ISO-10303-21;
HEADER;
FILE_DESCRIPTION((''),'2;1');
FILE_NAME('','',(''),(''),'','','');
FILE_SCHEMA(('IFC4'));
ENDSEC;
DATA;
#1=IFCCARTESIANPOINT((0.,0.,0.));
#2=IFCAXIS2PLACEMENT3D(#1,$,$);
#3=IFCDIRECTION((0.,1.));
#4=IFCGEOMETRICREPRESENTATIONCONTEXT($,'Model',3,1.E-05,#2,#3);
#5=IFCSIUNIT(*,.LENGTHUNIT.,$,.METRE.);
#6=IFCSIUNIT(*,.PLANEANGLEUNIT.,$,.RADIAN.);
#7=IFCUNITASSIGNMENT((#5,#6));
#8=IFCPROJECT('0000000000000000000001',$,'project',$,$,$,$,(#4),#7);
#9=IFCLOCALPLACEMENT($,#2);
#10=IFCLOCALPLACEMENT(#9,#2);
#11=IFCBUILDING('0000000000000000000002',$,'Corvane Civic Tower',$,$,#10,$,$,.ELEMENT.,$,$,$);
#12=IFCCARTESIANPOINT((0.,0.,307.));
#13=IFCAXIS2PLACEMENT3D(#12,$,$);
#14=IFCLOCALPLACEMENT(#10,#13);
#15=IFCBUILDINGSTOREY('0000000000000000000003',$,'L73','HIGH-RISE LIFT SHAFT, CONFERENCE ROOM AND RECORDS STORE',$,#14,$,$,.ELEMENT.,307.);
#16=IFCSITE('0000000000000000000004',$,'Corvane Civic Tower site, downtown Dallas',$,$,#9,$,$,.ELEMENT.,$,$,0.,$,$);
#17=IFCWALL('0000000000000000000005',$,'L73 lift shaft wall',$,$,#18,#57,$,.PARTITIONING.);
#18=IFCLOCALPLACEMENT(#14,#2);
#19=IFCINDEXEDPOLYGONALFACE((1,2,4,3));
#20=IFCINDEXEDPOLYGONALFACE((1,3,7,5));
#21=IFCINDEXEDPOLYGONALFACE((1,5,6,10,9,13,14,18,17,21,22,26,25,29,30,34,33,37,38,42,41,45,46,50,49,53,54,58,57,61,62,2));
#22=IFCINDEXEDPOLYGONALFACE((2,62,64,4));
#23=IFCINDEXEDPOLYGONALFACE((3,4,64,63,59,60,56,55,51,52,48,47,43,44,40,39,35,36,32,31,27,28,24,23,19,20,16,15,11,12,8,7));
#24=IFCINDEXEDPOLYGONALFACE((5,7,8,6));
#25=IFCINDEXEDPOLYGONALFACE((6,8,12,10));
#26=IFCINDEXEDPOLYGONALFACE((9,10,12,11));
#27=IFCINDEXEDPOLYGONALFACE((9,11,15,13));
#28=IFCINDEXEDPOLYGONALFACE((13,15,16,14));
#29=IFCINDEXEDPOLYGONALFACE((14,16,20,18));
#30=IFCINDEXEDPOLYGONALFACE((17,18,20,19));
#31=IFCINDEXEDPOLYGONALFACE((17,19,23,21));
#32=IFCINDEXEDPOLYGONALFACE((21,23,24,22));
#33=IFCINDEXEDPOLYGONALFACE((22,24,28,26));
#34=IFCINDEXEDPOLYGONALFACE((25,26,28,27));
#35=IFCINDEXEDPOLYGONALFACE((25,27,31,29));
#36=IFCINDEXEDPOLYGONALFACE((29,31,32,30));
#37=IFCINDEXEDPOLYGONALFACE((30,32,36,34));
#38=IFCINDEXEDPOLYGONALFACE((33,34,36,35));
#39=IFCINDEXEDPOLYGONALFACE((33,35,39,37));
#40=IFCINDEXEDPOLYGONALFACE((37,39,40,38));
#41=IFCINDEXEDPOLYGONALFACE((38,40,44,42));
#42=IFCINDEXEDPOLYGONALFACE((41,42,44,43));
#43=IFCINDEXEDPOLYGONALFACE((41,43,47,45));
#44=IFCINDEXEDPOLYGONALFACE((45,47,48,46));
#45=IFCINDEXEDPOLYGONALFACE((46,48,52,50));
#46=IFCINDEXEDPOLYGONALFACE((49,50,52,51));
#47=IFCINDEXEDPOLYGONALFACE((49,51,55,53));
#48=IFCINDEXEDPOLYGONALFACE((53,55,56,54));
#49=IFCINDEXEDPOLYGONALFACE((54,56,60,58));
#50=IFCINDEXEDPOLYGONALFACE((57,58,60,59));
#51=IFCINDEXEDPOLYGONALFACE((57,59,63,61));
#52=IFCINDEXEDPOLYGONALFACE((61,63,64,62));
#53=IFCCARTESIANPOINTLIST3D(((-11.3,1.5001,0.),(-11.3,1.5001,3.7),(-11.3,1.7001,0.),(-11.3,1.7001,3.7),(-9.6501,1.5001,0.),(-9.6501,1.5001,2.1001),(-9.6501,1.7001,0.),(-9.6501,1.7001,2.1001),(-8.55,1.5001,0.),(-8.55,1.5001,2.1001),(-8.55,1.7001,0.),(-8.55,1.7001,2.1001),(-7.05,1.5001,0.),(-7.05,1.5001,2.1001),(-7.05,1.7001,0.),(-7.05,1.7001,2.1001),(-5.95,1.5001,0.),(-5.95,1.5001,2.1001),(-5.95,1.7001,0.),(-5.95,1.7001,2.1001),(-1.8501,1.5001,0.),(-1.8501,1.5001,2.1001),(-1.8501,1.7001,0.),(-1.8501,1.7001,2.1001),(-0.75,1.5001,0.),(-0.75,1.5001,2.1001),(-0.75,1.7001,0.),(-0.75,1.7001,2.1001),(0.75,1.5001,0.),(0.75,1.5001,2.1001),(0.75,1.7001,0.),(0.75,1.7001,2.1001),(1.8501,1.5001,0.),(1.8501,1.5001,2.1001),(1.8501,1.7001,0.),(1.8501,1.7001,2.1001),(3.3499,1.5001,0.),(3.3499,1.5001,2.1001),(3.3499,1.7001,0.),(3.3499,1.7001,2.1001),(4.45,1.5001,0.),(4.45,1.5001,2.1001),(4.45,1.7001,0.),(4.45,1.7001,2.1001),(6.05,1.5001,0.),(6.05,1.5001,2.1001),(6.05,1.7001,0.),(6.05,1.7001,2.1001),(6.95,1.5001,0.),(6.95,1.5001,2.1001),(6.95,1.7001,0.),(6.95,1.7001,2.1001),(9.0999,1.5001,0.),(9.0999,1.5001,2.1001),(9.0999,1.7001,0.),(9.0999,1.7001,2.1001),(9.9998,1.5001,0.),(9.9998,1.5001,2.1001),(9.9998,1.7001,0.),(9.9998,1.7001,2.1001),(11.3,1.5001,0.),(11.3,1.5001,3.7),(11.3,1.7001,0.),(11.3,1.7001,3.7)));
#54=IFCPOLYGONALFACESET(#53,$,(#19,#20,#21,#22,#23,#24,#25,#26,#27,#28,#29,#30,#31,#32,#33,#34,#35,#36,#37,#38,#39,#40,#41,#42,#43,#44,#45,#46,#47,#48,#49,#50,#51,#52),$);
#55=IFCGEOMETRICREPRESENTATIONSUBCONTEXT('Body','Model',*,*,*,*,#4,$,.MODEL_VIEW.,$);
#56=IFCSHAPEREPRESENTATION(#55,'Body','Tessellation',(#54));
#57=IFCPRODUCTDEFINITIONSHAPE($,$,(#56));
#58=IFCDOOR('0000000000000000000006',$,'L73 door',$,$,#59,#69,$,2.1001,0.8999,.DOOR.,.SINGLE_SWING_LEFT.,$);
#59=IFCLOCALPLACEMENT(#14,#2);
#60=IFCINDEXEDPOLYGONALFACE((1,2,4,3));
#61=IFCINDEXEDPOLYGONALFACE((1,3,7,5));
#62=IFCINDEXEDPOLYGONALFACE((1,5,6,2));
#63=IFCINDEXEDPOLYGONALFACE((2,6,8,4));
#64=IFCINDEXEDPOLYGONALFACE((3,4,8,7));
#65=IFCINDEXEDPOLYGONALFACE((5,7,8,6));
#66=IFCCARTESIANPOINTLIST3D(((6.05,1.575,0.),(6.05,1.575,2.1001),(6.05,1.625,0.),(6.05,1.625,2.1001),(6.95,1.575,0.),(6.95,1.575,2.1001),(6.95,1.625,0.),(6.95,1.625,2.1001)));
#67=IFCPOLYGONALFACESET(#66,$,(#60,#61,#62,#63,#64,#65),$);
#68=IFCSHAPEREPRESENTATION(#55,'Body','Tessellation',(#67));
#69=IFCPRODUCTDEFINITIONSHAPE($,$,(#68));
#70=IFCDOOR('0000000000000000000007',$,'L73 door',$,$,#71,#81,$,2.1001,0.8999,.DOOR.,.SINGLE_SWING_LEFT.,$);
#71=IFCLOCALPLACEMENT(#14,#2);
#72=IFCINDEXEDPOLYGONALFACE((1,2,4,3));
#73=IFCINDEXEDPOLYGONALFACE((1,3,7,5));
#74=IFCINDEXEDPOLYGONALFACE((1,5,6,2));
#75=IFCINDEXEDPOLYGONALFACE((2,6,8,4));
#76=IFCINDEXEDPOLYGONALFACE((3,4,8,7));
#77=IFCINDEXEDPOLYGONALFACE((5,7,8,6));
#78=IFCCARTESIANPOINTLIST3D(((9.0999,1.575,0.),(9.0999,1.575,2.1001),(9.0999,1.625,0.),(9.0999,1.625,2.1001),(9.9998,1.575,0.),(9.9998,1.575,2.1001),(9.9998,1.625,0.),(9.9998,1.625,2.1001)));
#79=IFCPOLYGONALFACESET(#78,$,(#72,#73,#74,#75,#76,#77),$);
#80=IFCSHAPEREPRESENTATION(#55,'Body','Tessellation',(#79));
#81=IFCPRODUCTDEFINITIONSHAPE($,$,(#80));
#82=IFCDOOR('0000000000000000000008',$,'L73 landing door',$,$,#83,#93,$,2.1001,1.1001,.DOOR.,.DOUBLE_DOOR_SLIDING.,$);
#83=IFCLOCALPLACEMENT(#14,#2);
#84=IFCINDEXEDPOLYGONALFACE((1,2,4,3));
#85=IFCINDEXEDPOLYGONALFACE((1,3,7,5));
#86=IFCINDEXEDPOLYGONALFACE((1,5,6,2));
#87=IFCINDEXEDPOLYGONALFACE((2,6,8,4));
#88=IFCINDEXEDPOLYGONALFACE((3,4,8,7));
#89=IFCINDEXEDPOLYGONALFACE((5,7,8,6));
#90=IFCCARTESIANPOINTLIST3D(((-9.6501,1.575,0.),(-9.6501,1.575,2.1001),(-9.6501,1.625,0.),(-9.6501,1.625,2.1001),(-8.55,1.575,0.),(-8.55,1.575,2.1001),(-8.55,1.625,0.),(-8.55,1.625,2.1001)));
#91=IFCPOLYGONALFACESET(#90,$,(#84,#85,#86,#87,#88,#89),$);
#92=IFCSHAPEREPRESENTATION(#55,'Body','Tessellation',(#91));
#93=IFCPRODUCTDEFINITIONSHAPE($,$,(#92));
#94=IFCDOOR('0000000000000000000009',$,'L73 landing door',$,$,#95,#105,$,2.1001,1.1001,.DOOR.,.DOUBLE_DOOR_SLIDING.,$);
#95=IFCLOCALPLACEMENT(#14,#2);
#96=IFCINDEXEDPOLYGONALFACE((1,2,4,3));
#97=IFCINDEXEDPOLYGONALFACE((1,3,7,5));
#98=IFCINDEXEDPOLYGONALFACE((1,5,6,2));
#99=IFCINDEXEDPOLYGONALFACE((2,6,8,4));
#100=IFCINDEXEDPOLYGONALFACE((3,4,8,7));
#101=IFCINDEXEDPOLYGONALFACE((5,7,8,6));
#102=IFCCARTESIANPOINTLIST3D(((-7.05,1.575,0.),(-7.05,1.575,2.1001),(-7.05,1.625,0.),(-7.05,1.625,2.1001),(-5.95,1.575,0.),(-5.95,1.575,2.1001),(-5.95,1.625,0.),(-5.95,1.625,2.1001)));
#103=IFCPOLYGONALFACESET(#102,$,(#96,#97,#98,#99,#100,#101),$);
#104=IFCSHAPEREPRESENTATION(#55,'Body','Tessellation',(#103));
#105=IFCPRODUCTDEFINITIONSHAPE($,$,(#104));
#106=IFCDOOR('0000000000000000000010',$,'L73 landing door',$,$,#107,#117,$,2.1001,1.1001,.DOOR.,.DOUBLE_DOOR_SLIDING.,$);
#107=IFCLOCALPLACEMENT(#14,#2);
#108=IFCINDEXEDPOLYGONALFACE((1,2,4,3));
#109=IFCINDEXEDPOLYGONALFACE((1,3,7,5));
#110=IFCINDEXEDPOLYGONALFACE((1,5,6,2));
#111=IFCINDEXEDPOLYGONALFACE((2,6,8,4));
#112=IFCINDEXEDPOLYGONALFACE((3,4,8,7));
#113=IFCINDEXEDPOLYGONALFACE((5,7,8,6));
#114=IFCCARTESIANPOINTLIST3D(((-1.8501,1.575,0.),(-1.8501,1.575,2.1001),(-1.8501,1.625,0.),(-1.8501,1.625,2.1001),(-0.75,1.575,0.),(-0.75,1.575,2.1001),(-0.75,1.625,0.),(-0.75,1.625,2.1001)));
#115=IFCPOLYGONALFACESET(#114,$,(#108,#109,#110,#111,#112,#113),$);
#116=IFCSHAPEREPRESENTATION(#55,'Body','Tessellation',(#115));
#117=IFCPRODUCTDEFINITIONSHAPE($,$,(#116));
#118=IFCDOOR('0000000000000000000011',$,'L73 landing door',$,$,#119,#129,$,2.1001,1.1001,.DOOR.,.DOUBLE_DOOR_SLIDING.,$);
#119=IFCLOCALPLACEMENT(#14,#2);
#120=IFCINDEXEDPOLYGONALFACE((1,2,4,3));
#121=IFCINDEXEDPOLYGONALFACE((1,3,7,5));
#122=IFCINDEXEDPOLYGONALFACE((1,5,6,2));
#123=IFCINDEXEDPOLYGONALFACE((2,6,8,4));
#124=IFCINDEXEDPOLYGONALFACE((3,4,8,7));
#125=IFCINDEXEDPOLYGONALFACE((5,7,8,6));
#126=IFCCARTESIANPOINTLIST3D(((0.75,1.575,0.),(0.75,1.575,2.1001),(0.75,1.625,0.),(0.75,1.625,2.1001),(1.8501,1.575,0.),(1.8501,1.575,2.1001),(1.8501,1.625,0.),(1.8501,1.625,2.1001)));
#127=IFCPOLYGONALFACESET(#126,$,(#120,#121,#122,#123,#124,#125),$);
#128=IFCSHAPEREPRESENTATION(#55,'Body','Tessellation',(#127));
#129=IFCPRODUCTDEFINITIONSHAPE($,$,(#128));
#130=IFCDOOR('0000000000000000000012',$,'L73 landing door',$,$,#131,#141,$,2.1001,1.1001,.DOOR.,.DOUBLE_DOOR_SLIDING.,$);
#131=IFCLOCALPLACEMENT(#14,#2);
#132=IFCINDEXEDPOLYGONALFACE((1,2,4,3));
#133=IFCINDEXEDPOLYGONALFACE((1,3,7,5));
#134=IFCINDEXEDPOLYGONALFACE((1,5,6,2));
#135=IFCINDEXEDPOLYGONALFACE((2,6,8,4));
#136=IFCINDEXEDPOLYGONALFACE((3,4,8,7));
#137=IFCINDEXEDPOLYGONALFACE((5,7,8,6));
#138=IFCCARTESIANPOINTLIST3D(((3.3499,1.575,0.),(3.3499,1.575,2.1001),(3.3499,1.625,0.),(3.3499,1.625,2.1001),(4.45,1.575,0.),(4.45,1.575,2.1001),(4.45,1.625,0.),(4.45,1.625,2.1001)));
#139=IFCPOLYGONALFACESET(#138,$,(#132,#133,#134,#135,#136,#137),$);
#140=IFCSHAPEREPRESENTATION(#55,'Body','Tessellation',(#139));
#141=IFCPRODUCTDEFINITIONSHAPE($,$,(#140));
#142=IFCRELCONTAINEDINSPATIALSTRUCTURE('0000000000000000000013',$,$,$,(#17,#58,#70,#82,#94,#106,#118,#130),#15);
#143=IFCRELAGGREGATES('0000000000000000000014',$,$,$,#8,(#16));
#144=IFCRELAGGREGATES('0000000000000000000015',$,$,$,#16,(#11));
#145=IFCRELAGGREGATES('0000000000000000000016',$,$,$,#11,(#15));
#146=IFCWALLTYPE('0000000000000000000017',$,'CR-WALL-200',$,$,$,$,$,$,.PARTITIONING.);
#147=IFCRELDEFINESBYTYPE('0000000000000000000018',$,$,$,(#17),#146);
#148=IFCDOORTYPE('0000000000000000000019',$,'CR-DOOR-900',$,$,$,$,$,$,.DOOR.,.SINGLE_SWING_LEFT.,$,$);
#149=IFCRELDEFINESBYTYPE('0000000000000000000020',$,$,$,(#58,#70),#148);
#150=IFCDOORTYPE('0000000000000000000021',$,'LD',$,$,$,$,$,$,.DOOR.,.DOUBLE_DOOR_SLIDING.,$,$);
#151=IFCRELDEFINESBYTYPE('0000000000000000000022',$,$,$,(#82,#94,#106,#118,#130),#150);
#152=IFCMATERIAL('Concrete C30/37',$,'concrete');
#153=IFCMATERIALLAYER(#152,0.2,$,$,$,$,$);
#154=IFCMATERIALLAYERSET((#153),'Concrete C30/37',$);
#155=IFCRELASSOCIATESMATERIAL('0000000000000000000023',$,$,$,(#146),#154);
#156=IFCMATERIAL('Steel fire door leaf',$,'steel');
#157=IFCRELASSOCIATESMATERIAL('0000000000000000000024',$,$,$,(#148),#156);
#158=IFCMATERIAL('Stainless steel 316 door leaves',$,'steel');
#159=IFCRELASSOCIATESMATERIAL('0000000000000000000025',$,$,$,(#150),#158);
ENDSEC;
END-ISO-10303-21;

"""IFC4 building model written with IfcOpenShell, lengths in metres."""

from ifc_helpers import new_model, si_unit, direction, frame, frame_2d, origin, place, context, subcontext, project, spatial, rectangle, extrude, material, layer, layer_set, type_object, element, fill, save


model = new_model("IFC4")

# Units and contexts
model_context = context("Model", 3, precision=1e-05, world=origin(), true_north=direction((0.0, 1.0)))
body_context = subcontext(model_context, "Body", "Model", "MODEL_VIEW")
ifc_project = project(units=[si_unit("LENGTHUNIT", "METRE"), si_unit("PLANEANGLEUNIT", "RADIAN")], contexts=[model_context])

# Site, building, storey
site_placement = place(None, origin())
site = spatial("IfcSite", under=ifc_project, at=site_placement, Name="Corvane Civic Tower site, downtown Dallas", CompositionType="ELEMENT", RefElevation=0.0)
building_placement = place(site_placement, origin())
building = spatial("IfcBuilding", under=site, at=building_placement, Name="Corvane Civic Tower", CompositionType="ELEMENT")
storey_placement = place(building_placement, frame((0.0, 0.0, 307.0)))
storey = spatial("IfcBuildingStorey", under=building, at=storey_placement, Name="L73", Description="HIGH-RISE LIFT SHAFT, CONFERENCE ROOM AND RECORDS STORE", CompositionType="ELEMENT", Elevation=307.0)

# Wall, openings, doors
ifc_material_1 = material(Name="Concrete C30/37", Category="concrete")
ifc_layer_1 = layer(ifc_material_1, 0.2)
ifc_layer_set_1 = layer_set([ifc_layer_1], Name="Concrete C30/37")
wall_type_1 = type_object("IfcWallType", Name="CR-WALL-200", PredefinedType="PARTITIONING", material=ifc_layer_set_1)
wall_1_placement = place(storey_placement, frame((-11.3, 1.6001, 0.0), z_axis=(0.0, 0.0, 1.0), x_axis=(1.0, 0.0, 0.0)))
wall_1 = element("IfcWall", 1, at=wall_1_placement, inside=storey, type_object=wall_type_1, Name="L73 lift shaft wall", PredefinedType="PARTITIONING", context=body_context, shape_type="SweptSolid", body=[
    extrude(rectangle(XDim=22.6001, YDim=0.2, at=frame_2d((11.3, 0.0))), origin(), (0.0, 0.0, 1.0), 3.7),
])
opening_1_placement = place(wall_1_placement, frame((1.6499, 0.0, 0.0)))
opening_1 = element("IfcOpeningElement", 2, at=opening_1_placement, cuts=wall_1, PredefinedType="OPENING", context=body_context, shape_type="SweptSolid", body=[
    extrude(rectangle(XDim=1.1001, YDim=2.1001, at=frame_2d((0.55, 1.05))), frame((0.0, 0.1099, 0.0), z_axis=(0.0, -1.0, 0.0), x_axis=(1.0, 0.0, 0.0)), (0.0, 0.0, 1.0), 0.22),
])
opening_2_placement = place(wall_1_placement, frame((4.25, 0.0, 0.0)))
opening_2 = element("IfcOpeningElement", 3, at=opening_2_placement, cuts=wall_1, PredefinedType="OPENING", context=body_context, shape_type="SweptSolid", body=[
    extrude(rectangle(XDim=1.1001, YDim=2.1001, at=frame_2d((0.55, 1.05))), frame((0.0, 0.1099, 0.0), z_axis=(0.0, -1.0, 0.0), x_axis=(1.0, 0.0, 0.0)), (0.0, 0.0, 1.0), 0.22),
])
opening_3_placement = place(wall_1_placement, frame((9.45, 0.0, 0.0)))
opening_3 = element("IfcOpeningElement", 4, at=opening_3_placement, cuts=wall_1, PredefinedType="OPENING", context=body_context, shape_type="SweptSolid", body=[
    extrude(rectangle(XDim=1.1001, YDim=2.1001, at=frame_2d((0.55, 1.05))), frame((0.0, 0.1099, 0.0), z_axis=(0.0, -1.0, 0.0), x_axis=(1.0, 0.0, 0.0)), (0.0, 0.0, 1.0), 0.22),
])
opening_4_placement = place(wall_1_placement, frame((12.05, 0.0, 0.0)))
opening_4 = element("IfcOpeningElement", 5, at=opening_4_placement, cuts=wall_1, PredefinedType="OPENING", context=body_context, shape_type="SweptSolid", body=[
    extrude(rectangle(XDim=1.1001, YDim=2.1001, at=frame_2d((0.55, 1.05))), frame((0.0, 0.1099, 0.0), z_axis=(0.0, -1.0, 0.0), x_axis=(1.0, 0.0, 0.0)), (0.0, 0.0, 1.0), 0.22),
])
opening_5_placement = place(wall_1_placement, frame((14.6499, 0.0, 0.0)))
opening_5 = element("IfcOpeningElement", 6, at=opening_5_placement, cuts=wall_1, PredefinedType="OPENING", context=body_context, shape_type="SweptSolid", body=[
    extrude(rectangle(XDim=1.1001, YDim=2.1001, at=frame_2d((0.55, 1.05))), frame((0.0, 0.1099, 0.0), z_axis=(0.0, -1.0, 0.0), x_axis=(1.0, 0.0, 0.0)), (0.0, 0.0, 1.0), 0.22),
])
opening_6_placement = place(wall_1_placement, frame((17.3501, 0.0, 0.0)))
opening_6 = element("IfcOpeningElement", 7, at=opening_6_placement, cuts=wall_1, PredefinedType="OPENING", context=body_context, shape_type="SweptSolid", body=[
    extrude(rectangle(XDim=0.8999, YDim=2.1001, at=frame_2d((0.45, 1.05))), frame((0.0, 0.1099, 0.0), z_axis=(0.0, -1.0, 0.0), x_axis=(1.0, 0.0, 0.0)), (0.0, 0.0, 1.0), 0.22),
])
opening_7_placement = place(wall_1_placement, frame((20.3999, 0.0, 0.0)))
opening_7 = element("IfcOpeningElement", 8, at=opening_7_placement, cuts=wall_1, PredefinedType="OPENING", context=body_context, shape_type="SweptSolid", body=[
    extrude(rectangle(XDim=0.8999, YDim=2.1001, at=frame_2d((0.45, 1.05))), frame((0.0, 0.1099, 0.0), z_axis=(0.0, -1.0, 0.0), x_axis=(1.0, 0.0, 0.0)), (0.0, 0.0, 1.0), 0.22),
])
ifc_material_2 = material(Name="Steel fire door leaf", Category="steel")
door_type_1 = type_object("IfcDoorType", Name="CR-DOOR-900", OperationType="SINGLE_SWING_LEFT", PredefinedType="DOOR", material=ifc_material_2)
door_1_placement = place(opening_6_placement, origin())
door_1 = element("IfcDoor", 9, at=door_1_placement, inside=storey, type_object=door_type_1, Name="L73 door", OperationType="SINGLE_SWING_LEFT", OverallHeight=2.1001, OverallWidth=0.8999, PredefinedType="DOOR", context=body_context, shape_type="SweptSolid", body=[
    extrude(rectangle(XDim=0.8999, YDim=2.1001, at=frame_2d((0.45, 1.05))), frame((0.0, 0.0249, 0.0), z_axis=(0.0, -1.0, 0.0), x_axis=(1.0, 0.0, 0.0)), (0.0, 0.0, 1.0), 0.05),
])
fill(opening_6, door_1)
door_2_placement = place(opening_7_placement, origin())
door_2 = element("IfcDoor", 10, at=door_2_placement, inside=storey, type_object=door_type_1, Name="L73 door", OperationType="SINGLE_SWING_LEFT", OverallHeight=2.1001, OverallWidth=0.8999, PredefinedType="DOOR", context=body_context, shape_type="SweptSolid", body=[
    extrude(rectangle(XDim=0.8999, YDim=2.1001, at=frame_2d((0.45, 1.05))), frame((0.0, 0.0249, 0.0), z_axis=(0.0, -1.0, 0.0), x_axis=(1.0, 0.0, 0.0)), (0.0, 0.0, 1.0), 0.05),
])
fill(opening_7, door_2)
ifc_material_3 = material(Name="Stainless steel 316 door leaves", Category="steel")
door_type_2 = type_object("IfcDoorType", Name="LD", OperationType="DOUBLE_DOOR_SLIDING", PredefinedType="DOOR", material=ifc_material_3)
door_3_placement = place(opening_1_placement, origin())
door_3 = element("IfcDoor", 11, at=door_3_placement, inside=storey, type_object=door_type_2, Name="L73 landing door", OperationType="DOUBLE_DOOR_SLIDING", OverallHeight=2.1001, OverallWidth=1.1001, PredefinedType="DOOR", context=body_context, shape_type="SweptSolid", body=[
    extrude(rectangle(XDim=1.1001, YDim=2.1001, at=frame_2d((0.55, 1.05))), frame((0.0, 0.0249, 0.0), z_axis=(0.0, -1.0, 0.0), x_axis=(1.0, 0.0, 0.0)), (0.0, 0.0, 1.0), 0.05),
])
fill(opening_1, door_3)
door_4_placement = place(opening_2_placement, origin())
door_4 = element("IfcDoor", 12, at=door_4_placement, inside=storey, type_object=door_type_2, Name="L73 landing door", OperationType="DOUBLE_DOOR_SLIDING", OverallHeight=2.1001, OverallWidth=1.1001, PredefinedType="DOOR", context=body_context, shape_type="SweptSolid", body=[
    extrude(rectangle(XDim=1.1001, YDim=2.1001, at=frame_2d((0.55, 1.05))), frame((0.0, 0.0249, 0.0), z_axis=(0.0, -1.0, 0.0), x_axis=(1.0, 0.0, 0.0)), (0.0, 0.0, 1.0), 0.05),
])
fill(opening_2, door_4)
door_5_placement = place(opening_3_placement, origin())
door_5 = element("IfcDoor", 13, at=door_5_placement, inside=storey, type_object=door_type_2, Name="L73 landing door", OperationType="DOUBLE_DOOR_SLIDING", OverallHeight=2.1001, OverallWidth=1.1001, PredefinedType="DOOR", context=body_context, shape_type="SweptSolid", body=[
    extrude(rectangle(XDim=1.1001, YDim=2.1001, at=frame_2d((0.55, 1.05))), frame((0.0, 0.0249, 0.0), z_axis=(0.0, -1.0, 0.0), x_axis=(1.0, 0.0, 0.0)), (0.0, 0.0, 1.0), 0.05),
])
fill(opening_3, door_5)
door_6_placement = place(opening_4_placement, origin())
door_6 = element("IfcDoor", 14, at=door_6_placement, inside=storey, type_object=door_type_2, Name="L73 landing door", OperationType="DOUBLE_DOOR_SLIDING", OverallHeight=2.1001, OverallWidth=1.1001, PredefinedType="DOOR", context=body_context, shape_type="SweptSolid", body=[
    extrude(rectangle(XDim=1.1001, YDim=2.1001, at=frame_2d((0.55, 1.05))), frame((0.0, 0.0249, 0.0), z_axis=(0.0, -1.0, 0.0), x_axis=(1.0, 0.0, 0.0)), (0.0, 0.0, 1.0), 0.05),
])
fill(opening_4, door_6)
door_7_placement = place(opening_5_placement, origin())
door_7 = element("IfcDoor", 15, at=door_7_placement, inside=storey, type_object=door_type_2, Name="L73 landing door", OperationType="DOUBLE_DOOR_SLIDING", OverallHeight=2.1001, OverallWidth=1.1001, PredefinedType="DOOR", context=body_context, shape_type="SweptSolid", body=[
    extrude(rectangle(XDim=1.1001, YDim=2.1001, at=frame_2d((0.55, 1.05))), frame((0.0, 0.0249, 0.0), z_axis=(0.0, -1.0, 0.0), x_axis=(1.0, 0.0, 0.0)), (0.0, 0.0, 1.0), 0.05),
])
fill(opening_5, door_7)

save(model, "model.ifc")
